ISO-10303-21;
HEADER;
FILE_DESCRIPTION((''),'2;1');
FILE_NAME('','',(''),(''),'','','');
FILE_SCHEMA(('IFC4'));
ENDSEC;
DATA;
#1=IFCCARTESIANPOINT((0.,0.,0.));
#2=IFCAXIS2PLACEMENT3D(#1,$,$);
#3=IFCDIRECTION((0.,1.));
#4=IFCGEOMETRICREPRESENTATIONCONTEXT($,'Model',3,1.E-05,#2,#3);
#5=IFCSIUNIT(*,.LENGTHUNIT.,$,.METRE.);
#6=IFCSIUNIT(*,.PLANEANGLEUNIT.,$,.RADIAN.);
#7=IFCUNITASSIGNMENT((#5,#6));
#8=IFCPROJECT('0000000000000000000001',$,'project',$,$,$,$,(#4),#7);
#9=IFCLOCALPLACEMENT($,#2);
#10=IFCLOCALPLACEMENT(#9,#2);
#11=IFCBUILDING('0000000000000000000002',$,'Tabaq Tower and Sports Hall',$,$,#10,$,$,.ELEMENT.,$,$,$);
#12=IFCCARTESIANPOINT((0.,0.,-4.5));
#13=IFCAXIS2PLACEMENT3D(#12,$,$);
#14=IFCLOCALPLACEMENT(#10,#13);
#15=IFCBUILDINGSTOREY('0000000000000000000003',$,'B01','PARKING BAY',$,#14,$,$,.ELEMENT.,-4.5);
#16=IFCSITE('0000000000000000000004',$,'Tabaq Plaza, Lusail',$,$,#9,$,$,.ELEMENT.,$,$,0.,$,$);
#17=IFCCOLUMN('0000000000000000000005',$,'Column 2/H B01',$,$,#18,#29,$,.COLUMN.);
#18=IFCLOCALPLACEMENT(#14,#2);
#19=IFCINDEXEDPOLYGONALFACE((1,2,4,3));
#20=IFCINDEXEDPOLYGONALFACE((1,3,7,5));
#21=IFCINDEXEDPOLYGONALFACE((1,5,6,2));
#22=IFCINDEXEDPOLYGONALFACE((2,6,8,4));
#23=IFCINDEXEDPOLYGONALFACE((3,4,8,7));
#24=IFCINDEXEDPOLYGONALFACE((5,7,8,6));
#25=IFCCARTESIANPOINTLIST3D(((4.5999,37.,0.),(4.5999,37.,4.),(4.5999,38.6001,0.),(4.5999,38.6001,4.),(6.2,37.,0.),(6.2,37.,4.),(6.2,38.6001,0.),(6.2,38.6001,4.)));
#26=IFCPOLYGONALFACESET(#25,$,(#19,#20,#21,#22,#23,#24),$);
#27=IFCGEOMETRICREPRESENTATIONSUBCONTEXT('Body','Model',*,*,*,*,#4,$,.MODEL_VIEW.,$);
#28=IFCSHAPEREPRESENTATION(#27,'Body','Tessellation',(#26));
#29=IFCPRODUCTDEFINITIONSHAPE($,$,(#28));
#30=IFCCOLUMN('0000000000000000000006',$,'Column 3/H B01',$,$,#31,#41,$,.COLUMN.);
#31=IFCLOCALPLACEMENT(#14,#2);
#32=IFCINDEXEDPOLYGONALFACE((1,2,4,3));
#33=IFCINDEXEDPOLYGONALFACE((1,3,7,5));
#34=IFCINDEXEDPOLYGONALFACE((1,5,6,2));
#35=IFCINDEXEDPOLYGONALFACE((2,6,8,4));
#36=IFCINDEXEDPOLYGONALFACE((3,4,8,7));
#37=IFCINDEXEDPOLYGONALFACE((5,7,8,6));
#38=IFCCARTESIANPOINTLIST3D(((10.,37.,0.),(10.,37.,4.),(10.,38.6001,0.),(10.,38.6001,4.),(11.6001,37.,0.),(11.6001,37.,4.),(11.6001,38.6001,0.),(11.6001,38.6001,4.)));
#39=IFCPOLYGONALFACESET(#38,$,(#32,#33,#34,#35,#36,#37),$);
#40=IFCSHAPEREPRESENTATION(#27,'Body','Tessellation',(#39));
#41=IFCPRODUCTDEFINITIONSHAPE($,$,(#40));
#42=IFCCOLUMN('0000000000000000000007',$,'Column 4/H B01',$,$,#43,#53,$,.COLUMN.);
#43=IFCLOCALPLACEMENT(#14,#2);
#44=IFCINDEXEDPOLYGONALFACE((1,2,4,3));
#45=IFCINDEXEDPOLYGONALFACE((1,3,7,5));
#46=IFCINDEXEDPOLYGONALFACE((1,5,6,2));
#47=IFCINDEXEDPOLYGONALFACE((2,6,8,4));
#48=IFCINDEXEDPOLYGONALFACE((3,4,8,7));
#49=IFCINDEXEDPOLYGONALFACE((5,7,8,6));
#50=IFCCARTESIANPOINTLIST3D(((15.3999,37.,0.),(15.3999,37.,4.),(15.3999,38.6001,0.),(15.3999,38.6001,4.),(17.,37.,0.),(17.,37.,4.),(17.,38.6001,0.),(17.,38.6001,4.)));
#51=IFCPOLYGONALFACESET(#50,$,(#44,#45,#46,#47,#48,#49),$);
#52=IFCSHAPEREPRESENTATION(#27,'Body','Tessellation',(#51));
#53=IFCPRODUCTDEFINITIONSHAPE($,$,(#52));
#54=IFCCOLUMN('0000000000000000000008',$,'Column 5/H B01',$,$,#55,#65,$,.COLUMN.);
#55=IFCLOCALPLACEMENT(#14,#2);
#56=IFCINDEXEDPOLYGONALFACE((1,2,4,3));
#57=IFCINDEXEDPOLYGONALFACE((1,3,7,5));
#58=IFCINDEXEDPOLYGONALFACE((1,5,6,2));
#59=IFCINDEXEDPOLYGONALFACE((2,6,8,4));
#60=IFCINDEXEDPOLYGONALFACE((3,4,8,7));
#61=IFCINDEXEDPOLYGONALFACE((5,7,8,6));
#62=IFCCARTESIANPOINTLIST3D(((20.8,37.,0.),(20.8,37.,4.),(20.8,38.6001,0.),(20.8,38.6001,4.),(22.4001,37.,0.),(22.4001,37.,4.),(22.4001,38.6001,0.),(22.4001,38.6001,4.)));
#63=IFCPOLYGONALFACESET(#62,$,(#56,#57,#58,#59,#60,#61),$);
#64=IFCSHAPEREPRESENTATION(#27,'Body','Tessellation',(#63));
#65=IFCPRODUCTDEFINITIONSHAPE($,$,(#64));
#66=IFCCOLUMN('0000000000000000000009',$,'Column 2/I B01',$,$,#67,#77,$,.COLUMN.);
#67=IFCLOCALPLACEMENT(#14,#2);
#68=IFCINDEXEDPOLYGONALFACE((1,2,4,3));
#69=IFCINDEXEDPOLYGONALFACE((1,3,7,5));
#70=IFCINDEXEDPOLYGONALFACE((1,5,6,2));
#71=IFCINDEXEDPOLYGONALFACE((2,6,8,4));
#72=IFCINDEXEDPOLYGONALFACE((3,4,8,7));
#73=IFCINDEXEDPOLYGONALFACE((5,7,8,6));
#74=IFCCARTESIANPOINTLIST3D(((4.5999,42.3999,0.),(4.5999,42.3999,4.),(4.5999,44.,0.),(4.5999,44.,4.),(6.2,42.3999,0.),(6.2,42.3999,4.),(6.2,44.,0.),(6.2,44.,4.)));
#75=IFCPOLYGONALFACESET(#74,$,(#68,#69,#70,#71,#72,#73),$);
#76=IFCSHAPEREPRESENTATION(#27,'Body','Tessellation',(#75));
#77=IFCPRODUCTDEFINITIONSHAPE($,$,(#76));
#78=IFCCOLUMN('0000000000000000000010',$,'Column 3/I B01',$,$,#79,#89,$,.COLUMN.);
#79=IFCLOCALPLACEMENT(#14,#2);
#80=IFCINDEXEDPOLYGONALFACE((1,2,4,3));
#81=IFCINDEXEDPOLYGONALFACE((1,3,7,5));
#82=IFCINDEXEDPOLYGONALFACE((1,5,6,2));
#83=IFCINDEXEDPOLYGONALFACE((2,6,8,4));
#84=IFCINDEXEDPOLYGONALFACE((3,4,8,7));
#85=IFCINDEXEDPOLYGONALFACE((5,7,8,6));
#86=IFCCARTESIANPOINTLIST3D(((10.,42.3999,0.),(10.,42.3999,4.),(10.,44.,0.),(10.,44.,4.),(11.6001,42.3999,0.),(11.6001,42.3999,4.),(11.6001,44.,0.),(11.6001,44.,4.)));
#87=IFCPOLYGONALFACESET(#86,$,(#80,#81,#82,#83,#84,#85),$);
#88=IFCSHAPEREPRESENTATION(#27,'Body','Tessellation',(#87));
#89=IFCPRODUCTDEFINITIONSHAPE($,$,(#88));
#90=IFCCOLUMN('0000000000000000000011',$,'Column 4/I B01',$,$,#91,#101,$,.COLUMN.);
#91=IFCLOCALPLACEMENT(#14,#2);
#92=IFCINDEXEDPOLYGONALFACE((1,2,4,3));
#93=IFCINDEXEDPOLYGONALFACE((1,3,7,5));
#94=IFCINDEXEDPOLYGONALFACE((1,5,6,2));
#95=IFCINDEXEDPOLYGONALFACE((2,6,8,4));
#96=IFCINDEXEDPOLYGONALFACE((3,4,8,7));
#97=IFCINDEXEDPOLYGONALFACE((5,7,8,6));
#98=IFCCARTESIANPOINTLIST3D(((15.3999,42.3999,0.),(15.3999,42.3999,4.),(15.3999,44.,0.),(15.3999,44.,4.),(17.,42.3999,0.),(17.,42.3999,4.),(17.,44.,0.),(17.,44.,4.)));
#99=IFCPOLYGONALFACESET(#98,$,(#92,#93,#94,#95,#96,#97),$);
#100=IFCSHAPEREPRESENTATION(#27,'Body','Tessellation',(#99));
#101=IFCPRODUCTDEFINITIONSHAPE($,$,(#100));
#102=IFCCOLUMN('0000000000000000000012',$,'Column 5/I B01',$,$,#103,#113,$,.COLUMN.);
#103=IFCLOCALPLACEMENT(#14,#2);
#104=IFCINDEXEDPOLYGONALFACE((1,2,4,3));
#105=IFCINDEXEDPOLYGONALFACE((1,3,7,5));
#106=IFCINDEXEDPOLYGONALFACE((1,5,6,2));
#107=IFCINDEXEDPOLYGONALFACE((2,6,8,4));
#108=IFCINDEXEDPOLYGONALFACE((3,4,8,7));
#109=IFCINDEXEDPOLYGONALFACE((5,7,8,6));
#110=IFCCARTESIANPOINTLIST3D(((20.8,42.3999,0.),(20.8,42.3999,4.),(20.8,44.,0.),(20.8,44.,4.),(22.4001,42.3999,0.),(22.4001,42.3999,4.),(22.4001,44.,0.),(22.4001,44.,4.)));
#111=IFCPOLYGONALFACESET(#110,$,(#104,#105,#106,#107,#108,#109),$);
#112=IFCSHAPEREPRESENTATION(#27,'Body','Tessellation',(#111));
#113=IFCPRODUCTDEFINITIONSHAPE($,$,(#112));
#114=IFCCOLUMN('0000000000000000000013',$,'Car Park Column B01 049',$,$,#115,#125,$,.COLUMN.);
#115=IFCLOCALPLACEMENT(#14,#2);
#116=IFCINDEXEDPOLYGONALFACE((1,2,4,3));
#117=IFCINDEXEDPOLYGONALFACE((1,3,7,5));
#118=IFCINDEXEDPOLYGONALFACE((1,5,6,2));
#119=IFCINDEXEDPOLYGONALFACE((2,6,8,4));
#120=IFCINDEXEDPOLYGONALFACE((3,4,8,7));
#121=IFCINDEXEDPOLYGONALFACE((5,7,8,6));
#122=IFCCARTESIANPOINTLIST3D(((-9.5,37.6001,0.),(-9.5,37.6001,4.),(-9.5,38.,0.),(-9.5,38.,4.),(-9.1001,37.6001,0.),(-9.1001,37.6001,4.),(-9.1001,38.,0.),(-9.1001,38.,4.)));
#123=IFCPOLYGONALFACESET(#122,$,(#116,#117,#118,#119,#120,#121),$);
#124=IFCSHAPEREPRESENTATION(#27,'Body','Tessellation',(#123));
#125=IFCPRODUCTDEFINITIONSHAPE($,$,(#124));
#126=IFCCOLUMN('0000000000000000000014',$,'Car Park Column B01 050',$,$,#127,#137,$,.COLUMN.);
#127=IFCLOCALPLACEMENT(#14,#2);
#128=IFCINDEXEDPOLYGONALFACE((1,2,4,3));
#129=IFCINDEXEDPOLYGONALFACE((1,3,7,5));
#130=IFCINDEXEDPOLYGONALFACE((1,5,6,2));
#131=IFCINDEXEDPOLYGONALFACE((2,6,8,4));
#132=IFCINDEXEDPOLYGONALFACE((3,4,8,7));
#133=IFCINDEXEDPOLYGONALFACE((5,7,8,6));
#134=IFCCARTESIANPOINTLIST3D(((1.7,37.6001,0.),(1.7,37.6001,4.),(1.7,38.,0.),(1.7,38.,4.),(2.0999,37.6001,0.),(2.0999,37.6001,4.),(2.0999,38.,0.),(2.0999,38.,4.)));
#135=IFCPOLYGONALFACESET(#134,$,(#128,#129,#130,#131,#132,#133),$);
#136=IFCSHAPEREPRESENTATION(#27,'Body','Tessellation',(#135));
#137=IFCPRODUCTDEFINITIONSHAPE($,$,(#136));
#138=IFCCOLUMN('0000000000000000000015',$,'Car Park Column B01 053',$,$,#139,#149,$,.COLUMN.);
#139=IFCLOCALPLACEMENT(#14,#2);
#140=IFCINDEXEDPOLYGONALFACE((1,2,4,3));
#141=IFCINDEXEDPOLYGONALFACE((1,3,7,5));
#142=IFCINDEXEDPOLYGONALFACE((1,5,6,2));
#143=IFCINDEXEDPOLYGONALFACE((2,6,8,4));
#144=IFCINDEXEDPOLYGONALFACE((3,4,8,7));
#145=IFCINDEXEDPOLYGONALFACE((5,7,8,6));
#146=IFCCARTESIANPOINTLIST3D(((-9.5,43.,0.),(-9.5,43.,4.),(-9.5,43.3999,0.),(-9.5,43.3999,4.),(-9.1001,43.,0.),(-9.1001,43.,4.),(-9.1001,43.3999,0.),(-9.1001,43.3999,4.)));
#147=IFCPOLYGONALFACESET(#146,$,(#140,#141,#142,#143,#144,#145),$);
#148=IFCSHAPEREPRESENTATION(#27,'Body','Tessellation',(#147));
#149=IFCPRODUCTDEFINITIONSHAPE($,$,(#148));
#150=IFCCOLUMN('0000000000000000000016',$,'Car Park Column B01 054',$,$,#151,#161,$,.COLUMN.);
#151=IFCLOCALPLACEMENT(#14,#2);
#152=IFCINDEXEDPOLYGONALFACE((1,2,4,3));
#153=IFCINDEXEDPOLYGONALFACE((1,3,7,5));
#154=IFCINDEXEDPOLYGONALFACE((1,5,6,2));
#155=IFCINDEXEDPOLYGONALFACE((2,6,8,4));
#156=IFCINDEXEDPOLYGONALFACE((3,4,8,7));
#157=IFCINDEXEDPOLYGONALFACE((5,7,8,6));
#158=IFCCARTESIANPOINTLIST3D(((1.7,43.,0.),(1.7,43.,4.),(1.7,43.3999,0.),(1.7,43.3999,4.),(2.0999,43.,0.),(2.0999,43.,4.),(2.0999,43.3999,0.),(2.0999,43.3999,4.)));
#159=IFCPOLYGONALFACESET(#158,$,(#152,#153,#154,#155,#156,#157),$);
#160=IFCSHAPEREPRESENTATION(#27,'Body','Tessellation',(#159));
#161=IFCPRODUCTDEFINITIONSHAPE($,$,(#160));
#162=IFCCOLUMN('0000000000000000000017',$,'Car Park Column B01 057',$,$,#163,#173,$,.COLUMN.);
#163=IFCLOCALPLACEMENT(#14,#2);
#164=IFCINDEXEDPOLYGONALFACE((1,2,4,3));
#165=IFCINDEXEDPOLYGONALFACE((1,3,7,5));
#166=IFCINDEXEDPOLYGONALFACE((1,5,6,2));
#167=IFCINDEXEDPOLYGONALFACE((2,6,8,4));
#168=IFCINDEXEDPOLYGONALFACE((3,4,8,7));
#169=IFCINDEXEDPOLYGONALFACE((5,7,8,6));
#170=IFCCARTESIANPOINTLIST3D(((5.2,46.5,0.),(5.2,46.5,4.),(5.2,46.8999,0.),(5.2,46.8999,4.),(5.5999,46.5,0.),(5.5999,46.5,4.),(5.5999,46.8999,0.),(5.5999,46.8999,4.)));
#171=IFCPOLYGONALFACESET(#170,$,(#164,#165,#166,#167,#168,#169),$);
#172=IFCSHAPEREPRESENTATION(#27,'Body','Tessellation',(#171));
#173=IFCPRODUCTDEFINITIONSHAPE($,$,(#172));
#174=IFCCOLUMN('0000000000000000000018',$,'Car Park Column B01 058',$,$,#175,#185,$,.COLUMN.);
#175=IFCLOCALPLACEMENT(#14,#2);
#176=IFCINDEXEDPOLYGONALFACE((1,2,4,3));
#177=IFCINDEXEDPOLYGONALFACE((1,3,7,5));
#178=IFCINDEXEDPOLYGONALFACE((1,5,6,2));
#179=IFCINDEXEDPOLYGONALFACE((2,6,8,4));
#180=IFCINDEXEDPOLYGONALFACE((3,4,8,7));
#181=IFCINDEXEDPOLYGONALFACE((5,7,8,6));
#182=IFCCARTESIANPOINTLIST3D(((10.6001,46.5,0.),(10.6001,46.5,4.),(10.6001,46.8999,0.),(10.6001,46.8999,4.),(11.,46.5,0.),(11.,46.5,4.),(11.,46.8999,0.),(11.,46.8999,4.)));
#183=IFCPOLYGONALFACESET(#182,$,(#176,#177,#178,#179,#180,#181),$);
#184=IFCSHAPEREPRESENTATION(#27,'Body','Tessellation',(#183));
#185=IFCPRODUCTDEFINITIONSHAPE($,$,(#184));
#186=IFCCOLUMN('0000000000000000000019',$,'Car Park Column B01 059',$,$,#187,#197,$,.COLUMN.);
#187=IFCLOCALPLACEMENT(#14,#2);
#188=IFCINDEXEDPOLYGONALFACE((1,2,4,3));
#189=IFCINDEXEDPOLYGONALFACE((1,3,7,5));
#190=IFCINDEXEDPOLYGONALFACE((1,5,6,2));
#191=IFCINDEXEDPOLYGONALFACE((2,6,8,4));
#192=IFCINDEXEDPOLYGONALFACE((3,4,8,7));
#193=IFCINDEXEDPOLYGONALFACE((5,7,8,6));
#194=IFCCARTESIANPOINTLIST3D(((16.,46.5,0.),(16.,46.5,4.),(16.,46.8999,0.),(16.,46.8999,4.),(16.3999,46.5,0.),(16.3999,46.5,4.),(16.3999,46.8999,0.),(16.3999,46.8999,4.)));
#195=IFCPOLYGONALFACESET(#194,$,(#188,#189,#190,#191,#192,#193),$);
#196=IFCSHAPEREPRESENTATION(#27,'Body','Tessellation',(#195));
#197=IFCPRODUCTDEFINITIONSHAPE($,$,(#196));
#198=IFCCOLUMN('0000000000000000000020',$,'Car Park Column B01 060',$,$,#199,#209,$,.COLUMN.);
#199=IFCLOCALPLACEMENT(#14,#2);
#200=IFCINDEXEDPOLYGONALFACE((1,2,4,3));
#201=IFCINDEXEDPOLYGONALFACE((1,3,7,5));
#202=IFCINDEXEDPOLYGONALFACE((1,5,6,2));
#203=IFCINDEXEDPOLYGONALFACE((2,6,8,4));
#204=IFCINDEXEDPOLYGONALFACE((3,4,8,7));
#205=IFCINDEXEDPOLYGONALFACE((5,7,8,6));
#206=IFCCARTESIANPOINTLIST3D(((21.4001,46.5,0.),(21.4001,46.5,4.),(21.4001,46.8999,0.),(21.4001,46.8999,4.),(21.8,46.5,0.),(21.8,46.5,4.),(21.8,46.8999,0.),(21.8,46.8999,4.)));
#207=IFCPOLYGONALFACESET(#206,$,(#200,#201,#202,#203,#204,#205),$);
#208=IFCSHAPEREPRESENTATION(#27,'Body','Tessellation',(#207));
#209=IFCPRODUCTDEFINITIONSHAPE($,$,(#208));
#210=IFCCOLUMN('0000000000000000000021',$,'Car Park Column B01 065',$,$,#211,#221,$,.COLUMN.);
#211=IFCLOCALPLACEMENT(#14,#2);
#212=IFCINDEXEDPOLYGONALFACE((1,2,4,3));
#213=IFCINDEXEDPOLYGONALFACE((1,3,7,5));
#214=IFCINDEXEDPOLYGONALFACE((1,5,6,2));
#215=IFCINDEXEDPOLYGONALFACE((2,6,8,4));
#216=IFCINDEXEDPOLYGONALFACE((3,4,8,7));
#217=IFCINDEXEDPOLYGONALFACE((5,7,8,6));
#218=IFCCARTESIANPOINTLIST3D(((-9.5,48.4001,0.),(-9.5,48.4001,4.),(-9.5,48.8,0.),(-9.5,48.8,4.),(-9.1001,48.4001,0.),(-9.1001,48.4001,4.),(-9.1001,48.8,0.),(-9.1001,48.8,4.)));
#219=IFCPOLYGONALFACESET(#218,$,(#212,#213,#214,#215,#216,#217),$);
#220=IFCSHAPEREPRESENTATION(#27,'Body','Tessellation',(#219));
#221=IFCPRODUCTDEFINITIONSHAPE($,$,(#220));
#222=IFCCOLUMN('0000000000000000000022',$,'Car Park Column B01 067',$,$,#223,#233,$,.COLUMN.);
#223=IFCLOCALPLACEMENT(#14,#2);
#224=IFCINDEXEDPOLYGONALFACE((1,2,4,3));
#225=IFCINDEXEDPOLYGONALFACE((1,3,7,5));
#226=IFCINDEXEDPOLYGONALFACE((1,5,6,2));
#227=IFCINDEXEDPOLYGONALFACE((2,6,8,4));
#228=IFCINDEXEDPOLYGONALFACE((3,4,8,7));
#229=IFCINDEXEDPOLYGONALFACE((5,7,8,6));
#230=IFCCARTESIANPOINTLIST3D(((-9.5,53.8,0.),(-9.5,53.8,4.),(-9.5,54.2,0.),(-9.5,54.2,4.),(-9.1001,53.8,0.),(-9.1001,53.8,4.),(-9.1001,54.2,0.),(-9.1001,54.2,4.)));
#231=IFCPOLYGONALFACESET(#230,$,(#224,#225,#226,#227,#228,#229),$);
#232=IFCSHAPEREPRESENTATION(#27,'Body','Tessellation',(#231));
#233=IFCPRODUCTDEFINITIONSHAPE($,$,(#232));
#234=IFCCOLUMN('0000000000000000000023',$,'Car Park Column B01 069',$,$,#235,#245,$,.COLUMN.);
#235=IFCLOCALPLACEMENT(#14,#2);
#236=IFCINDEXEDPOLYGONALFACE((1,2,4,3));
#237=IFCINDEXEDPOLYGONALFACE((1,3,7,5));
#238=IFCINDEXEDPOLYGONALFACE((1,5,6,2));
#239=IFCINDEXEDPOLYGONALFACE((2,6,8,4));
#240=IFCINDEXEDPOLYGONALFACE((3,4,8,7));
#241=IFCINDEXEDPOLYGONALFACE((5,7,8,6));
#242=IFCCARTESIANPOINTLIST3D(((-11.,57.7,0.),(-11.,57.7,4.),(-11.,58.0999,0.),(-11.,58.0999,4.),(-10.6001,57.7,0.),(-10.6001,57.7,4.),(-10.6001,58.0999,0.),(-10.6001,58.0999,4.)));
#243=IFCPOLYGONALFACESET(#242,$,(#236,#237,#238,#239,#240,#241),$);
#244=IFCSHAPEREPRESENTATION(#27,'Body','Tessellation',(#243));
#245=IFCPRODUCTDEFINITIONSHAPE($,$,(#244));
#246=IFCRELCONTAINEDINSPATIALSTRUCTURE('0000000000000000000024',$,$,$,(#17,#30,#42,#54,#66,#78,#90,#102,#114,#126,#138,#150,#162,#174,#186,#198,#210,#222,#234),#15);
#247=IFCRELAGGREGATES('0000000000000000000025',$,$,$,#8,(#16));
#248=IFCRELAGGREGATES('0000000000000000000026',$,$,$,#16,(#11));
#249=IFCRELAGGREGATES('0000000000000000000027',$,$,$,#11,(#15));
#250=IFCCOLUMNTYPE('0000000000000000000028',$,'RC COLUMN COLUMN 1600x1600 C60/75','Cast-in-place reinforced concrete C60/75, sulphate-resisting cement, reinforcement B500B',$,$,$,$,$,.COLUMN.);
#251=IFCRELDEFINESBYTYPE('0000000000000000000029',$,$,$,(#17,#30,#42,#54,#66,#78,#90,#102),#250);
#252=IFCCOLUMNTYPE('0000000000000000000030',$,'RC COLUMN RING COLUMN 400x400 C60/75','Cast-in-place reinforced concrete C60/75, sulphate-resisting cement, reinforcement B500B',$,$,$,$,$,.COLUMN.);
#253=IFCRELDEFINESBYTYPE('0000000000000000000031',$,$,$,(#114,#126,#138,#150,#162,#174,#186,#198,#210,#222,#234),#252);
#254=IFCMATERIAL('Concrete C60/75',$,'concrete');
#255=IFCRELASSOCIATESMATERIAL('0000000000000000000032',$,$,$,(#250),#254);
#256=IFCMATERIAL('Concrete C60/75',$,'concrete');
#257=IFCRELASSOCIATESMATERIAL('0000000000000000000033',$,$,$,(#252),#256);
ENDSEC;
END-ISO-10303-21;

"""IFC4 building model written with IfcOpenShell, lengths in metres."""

from ifc_helpers import new_model, si_unit, direction, frame, origin, origin_2d, place, context, subcontext, project, spatial, rectangle, extrude, material, material_profile, profile_set, type_object, element, save


model = new_model("IFC4")

# Units and contexts
model_context = context("Model", 3, precision=1e-05, world=origin(), true_north=direction((0.0, 1.0)))
body_context = subcontext(model_context, "Body", "Model", "MODEL_VIEW")
ifc_project = project(units=[si_unit("LENGTHUNIT", "METRE"), si_unit("PLANEANGLEUNIT", "RADIAN")], contexts=[model_context])

# Site, building, storey
site_placement = place(None, origin())
site = spatial("IfcSite", under=ifc_project, at=site_placement, Name="Tabaq Plaza, Lusail", CompositionType="ELEMENT", RefElevation=0.0)
building_placement = place(site_placement, origin())
building = spatial("IfcBuilding", under=site, at=building_placement, Name="Tabaq Tower and Sports Hall", CompositionType="ELEMENT")
storey_placement = place(building_placement, frame((0.0, 0.0, -4.5)))
storey = spatial("IfcBuildingStorey", under=building, at=storey_placement, Name="B01", Description="PARKING BAY", CompositionType="ELEMENT", Elevation=-4.5)

# Columns
ifc_material_1 = material(Name="Concrete C60/75", Category="concrete")
ifc_material_profile_1 = material_profile(ifc_material_1, rectangle(XDim=1.6001, YDim=1.6001, at=origin_2d()), Name="COLUMN 1600x1600")
ifc_profile_set_1 = profile_set([ifc_material_profile_1], Name="Concrete C60/75")
column_type_1 = type_object("IfcColumnType", Name="RC COLUMN COLUMN 1600x1600 C60/75", Description="Cast-in-place reinforced concrete C60/75, sulphate-resisting cement, reinforcement B500B", PredefinedType="COLUMN", material=ifc_profile_set_1)
for number, where, z_axis, x_axis, name in (
    (1, (5.3999, 37.8, 0.0), (0.0, 0.0, 1.0), (1.0, 0.0, 0.0), "Column 2/H B01"),
    (2, (10.8, 37.8, 0.0), (0.0, 0.0, 1.0), (1.0, 0.0, 0.0), "Column 3/H B01"),
    (3, (16.2, 37.8, 0.0), (0.0, 0.0, 1.0), (1.0, 0.0, 0.0), "Column 4/H B01"),
    (4, (21.6001, 37.8, 0.0), (0.0, 0.0, 1.0), (1.0, 0.0, 0.0), "Column 5/H B01"),
    (5, (5.3999, 43.2, 0.0), (0.0, 0.0, 1.0), (1.0, 0.0, 0.0), "Column 2/I B01"),
    (6, (10.8, 43.2, 0.0), (0.0, 0.0, 1.0), (1.0, 0.0, 0.0), "Column 3/I B01"),
    (7, (16.2, 43.2, 0.0), (0.0, 0.0, 1.0), (1.0, 0.0, 0.0), "Column 4/I B01"),
    (8, (21.6001, 43.2, 0.0), (0.0, 0.0, 1.0), (1.0, 0.0, 0.0), "Column 5/I B01"),
):
    element("IfcColumn", number, at=place(storey_placement, frame(where, z_axis=z_axis, x_axis=x_axis)), inside=storey, type_object=column_type_1, Name=name, PredefinedType="COLUMN", context=body_context, shape_type="SweptSolid", body=[
        extrude(rectangle(XDim=1.6001, YDim=1.6001, at=origin_2d()), origin(), (0.0, 0.0, 1.0), 4.0),
    ])
ifc_material_2 = material(Name="Concrete C60/75", Category="concrete")
ifc_material_profile_2 = material_profile(ifc_material_2, rectangle(XDim=0.3999, YDim=0.3999, at=origin_2d()), Name="RING COLUMN 400x400")
ifc_profile_set_2 = profile_set([ifc_material_profile_2], Name="Concrete C60/75")
column_type_2 = type_object("IfcColumnType", Name="RC COLUMN RING COLUMN 400x400 C60/75", Description="Cast-in-place reinforced concrete C60/75, sulphate-resisting cement, reinforcement B500B", PredefinedType="COLUMN", material=ifc_profile_set_2)
for number, where, z_axis, x_axis, name in (
    (9, (-9.3, 37.8, 0.0), (0.0, 0.0, 1.0), (1.0, 0.0, 0.0), "Car Park Column B01 049"),
    (10, (1.8999, 37.8, 0.0), (0.0, 0.0, 1.0), (1.0, 0.0, 0.0), "Car Park Column B01 050"),
    (11, (-9.3, 43.2, 0.0), (0.0, 0.0, 1.0), (1.0, 0.0, 0.0), "Car Park Column B01 053"),
    (12, (1.8999, 43.2, 0.0), (0.0, 0.0, 1.0), (1.0, 0.0, 0.0), "Car Park Column B01 054"),
    (13, (5.3999, 46.7, 0.0), (0.0, 0.0, 1.0), (1.0, 0.0, 0.0), "Car Park Column B01 057"),
    (14, (10.8, 46.7, 0.0), (0.0, 0.0, 1.0), (1.0, 0.0, 0.0), "Car Park Column B01 058"),
    (15, (16.2, 46.7, 0.0), (0.0, 0.0, 1.0), (1.0, 0.0, 0.0), "Car Park Column B01 059"),
    (16, (21.6001, 46.7, 0.0), (0.0, 0.0, 1.0), (1.0, 0.0, 0.0), "Car Park Column B01 060"),
    (17, (-9.3, 48.6001, 0.0), (0.0, 0.0, 1.0), (1.0, 0.0, 0.0), "Car Park Column B01 065"),
    (18, (-9.3, 54.0, 0.0), (0.0, 0.0, 1.0), (1.0, 0.0, 0.0), "Car Park Column B01 067"),
    (19, (-10.8, 57.8999, 0.0), (0.0, 0.0, 1.0), (1.0, 0.0, 0.0), "Car Park Column B01 069"),
):
    element("IfcColumn", number, at=place(storey_placement, frame(where, z_axis=z_axis, x_axis=x_axis)), inside=storey, type_object=column_type_2, Name=name, PredefinedType="COLUMN", context=body_context, shape_type="SweptSolid", body=[
        extrude(rectangle(XDim=0.3999, YDim=0.3999, at=origin_2d()), origin(), (0.0, 0.0, 1.0), 4.0),
    ])

save(model, "model.ifc")
